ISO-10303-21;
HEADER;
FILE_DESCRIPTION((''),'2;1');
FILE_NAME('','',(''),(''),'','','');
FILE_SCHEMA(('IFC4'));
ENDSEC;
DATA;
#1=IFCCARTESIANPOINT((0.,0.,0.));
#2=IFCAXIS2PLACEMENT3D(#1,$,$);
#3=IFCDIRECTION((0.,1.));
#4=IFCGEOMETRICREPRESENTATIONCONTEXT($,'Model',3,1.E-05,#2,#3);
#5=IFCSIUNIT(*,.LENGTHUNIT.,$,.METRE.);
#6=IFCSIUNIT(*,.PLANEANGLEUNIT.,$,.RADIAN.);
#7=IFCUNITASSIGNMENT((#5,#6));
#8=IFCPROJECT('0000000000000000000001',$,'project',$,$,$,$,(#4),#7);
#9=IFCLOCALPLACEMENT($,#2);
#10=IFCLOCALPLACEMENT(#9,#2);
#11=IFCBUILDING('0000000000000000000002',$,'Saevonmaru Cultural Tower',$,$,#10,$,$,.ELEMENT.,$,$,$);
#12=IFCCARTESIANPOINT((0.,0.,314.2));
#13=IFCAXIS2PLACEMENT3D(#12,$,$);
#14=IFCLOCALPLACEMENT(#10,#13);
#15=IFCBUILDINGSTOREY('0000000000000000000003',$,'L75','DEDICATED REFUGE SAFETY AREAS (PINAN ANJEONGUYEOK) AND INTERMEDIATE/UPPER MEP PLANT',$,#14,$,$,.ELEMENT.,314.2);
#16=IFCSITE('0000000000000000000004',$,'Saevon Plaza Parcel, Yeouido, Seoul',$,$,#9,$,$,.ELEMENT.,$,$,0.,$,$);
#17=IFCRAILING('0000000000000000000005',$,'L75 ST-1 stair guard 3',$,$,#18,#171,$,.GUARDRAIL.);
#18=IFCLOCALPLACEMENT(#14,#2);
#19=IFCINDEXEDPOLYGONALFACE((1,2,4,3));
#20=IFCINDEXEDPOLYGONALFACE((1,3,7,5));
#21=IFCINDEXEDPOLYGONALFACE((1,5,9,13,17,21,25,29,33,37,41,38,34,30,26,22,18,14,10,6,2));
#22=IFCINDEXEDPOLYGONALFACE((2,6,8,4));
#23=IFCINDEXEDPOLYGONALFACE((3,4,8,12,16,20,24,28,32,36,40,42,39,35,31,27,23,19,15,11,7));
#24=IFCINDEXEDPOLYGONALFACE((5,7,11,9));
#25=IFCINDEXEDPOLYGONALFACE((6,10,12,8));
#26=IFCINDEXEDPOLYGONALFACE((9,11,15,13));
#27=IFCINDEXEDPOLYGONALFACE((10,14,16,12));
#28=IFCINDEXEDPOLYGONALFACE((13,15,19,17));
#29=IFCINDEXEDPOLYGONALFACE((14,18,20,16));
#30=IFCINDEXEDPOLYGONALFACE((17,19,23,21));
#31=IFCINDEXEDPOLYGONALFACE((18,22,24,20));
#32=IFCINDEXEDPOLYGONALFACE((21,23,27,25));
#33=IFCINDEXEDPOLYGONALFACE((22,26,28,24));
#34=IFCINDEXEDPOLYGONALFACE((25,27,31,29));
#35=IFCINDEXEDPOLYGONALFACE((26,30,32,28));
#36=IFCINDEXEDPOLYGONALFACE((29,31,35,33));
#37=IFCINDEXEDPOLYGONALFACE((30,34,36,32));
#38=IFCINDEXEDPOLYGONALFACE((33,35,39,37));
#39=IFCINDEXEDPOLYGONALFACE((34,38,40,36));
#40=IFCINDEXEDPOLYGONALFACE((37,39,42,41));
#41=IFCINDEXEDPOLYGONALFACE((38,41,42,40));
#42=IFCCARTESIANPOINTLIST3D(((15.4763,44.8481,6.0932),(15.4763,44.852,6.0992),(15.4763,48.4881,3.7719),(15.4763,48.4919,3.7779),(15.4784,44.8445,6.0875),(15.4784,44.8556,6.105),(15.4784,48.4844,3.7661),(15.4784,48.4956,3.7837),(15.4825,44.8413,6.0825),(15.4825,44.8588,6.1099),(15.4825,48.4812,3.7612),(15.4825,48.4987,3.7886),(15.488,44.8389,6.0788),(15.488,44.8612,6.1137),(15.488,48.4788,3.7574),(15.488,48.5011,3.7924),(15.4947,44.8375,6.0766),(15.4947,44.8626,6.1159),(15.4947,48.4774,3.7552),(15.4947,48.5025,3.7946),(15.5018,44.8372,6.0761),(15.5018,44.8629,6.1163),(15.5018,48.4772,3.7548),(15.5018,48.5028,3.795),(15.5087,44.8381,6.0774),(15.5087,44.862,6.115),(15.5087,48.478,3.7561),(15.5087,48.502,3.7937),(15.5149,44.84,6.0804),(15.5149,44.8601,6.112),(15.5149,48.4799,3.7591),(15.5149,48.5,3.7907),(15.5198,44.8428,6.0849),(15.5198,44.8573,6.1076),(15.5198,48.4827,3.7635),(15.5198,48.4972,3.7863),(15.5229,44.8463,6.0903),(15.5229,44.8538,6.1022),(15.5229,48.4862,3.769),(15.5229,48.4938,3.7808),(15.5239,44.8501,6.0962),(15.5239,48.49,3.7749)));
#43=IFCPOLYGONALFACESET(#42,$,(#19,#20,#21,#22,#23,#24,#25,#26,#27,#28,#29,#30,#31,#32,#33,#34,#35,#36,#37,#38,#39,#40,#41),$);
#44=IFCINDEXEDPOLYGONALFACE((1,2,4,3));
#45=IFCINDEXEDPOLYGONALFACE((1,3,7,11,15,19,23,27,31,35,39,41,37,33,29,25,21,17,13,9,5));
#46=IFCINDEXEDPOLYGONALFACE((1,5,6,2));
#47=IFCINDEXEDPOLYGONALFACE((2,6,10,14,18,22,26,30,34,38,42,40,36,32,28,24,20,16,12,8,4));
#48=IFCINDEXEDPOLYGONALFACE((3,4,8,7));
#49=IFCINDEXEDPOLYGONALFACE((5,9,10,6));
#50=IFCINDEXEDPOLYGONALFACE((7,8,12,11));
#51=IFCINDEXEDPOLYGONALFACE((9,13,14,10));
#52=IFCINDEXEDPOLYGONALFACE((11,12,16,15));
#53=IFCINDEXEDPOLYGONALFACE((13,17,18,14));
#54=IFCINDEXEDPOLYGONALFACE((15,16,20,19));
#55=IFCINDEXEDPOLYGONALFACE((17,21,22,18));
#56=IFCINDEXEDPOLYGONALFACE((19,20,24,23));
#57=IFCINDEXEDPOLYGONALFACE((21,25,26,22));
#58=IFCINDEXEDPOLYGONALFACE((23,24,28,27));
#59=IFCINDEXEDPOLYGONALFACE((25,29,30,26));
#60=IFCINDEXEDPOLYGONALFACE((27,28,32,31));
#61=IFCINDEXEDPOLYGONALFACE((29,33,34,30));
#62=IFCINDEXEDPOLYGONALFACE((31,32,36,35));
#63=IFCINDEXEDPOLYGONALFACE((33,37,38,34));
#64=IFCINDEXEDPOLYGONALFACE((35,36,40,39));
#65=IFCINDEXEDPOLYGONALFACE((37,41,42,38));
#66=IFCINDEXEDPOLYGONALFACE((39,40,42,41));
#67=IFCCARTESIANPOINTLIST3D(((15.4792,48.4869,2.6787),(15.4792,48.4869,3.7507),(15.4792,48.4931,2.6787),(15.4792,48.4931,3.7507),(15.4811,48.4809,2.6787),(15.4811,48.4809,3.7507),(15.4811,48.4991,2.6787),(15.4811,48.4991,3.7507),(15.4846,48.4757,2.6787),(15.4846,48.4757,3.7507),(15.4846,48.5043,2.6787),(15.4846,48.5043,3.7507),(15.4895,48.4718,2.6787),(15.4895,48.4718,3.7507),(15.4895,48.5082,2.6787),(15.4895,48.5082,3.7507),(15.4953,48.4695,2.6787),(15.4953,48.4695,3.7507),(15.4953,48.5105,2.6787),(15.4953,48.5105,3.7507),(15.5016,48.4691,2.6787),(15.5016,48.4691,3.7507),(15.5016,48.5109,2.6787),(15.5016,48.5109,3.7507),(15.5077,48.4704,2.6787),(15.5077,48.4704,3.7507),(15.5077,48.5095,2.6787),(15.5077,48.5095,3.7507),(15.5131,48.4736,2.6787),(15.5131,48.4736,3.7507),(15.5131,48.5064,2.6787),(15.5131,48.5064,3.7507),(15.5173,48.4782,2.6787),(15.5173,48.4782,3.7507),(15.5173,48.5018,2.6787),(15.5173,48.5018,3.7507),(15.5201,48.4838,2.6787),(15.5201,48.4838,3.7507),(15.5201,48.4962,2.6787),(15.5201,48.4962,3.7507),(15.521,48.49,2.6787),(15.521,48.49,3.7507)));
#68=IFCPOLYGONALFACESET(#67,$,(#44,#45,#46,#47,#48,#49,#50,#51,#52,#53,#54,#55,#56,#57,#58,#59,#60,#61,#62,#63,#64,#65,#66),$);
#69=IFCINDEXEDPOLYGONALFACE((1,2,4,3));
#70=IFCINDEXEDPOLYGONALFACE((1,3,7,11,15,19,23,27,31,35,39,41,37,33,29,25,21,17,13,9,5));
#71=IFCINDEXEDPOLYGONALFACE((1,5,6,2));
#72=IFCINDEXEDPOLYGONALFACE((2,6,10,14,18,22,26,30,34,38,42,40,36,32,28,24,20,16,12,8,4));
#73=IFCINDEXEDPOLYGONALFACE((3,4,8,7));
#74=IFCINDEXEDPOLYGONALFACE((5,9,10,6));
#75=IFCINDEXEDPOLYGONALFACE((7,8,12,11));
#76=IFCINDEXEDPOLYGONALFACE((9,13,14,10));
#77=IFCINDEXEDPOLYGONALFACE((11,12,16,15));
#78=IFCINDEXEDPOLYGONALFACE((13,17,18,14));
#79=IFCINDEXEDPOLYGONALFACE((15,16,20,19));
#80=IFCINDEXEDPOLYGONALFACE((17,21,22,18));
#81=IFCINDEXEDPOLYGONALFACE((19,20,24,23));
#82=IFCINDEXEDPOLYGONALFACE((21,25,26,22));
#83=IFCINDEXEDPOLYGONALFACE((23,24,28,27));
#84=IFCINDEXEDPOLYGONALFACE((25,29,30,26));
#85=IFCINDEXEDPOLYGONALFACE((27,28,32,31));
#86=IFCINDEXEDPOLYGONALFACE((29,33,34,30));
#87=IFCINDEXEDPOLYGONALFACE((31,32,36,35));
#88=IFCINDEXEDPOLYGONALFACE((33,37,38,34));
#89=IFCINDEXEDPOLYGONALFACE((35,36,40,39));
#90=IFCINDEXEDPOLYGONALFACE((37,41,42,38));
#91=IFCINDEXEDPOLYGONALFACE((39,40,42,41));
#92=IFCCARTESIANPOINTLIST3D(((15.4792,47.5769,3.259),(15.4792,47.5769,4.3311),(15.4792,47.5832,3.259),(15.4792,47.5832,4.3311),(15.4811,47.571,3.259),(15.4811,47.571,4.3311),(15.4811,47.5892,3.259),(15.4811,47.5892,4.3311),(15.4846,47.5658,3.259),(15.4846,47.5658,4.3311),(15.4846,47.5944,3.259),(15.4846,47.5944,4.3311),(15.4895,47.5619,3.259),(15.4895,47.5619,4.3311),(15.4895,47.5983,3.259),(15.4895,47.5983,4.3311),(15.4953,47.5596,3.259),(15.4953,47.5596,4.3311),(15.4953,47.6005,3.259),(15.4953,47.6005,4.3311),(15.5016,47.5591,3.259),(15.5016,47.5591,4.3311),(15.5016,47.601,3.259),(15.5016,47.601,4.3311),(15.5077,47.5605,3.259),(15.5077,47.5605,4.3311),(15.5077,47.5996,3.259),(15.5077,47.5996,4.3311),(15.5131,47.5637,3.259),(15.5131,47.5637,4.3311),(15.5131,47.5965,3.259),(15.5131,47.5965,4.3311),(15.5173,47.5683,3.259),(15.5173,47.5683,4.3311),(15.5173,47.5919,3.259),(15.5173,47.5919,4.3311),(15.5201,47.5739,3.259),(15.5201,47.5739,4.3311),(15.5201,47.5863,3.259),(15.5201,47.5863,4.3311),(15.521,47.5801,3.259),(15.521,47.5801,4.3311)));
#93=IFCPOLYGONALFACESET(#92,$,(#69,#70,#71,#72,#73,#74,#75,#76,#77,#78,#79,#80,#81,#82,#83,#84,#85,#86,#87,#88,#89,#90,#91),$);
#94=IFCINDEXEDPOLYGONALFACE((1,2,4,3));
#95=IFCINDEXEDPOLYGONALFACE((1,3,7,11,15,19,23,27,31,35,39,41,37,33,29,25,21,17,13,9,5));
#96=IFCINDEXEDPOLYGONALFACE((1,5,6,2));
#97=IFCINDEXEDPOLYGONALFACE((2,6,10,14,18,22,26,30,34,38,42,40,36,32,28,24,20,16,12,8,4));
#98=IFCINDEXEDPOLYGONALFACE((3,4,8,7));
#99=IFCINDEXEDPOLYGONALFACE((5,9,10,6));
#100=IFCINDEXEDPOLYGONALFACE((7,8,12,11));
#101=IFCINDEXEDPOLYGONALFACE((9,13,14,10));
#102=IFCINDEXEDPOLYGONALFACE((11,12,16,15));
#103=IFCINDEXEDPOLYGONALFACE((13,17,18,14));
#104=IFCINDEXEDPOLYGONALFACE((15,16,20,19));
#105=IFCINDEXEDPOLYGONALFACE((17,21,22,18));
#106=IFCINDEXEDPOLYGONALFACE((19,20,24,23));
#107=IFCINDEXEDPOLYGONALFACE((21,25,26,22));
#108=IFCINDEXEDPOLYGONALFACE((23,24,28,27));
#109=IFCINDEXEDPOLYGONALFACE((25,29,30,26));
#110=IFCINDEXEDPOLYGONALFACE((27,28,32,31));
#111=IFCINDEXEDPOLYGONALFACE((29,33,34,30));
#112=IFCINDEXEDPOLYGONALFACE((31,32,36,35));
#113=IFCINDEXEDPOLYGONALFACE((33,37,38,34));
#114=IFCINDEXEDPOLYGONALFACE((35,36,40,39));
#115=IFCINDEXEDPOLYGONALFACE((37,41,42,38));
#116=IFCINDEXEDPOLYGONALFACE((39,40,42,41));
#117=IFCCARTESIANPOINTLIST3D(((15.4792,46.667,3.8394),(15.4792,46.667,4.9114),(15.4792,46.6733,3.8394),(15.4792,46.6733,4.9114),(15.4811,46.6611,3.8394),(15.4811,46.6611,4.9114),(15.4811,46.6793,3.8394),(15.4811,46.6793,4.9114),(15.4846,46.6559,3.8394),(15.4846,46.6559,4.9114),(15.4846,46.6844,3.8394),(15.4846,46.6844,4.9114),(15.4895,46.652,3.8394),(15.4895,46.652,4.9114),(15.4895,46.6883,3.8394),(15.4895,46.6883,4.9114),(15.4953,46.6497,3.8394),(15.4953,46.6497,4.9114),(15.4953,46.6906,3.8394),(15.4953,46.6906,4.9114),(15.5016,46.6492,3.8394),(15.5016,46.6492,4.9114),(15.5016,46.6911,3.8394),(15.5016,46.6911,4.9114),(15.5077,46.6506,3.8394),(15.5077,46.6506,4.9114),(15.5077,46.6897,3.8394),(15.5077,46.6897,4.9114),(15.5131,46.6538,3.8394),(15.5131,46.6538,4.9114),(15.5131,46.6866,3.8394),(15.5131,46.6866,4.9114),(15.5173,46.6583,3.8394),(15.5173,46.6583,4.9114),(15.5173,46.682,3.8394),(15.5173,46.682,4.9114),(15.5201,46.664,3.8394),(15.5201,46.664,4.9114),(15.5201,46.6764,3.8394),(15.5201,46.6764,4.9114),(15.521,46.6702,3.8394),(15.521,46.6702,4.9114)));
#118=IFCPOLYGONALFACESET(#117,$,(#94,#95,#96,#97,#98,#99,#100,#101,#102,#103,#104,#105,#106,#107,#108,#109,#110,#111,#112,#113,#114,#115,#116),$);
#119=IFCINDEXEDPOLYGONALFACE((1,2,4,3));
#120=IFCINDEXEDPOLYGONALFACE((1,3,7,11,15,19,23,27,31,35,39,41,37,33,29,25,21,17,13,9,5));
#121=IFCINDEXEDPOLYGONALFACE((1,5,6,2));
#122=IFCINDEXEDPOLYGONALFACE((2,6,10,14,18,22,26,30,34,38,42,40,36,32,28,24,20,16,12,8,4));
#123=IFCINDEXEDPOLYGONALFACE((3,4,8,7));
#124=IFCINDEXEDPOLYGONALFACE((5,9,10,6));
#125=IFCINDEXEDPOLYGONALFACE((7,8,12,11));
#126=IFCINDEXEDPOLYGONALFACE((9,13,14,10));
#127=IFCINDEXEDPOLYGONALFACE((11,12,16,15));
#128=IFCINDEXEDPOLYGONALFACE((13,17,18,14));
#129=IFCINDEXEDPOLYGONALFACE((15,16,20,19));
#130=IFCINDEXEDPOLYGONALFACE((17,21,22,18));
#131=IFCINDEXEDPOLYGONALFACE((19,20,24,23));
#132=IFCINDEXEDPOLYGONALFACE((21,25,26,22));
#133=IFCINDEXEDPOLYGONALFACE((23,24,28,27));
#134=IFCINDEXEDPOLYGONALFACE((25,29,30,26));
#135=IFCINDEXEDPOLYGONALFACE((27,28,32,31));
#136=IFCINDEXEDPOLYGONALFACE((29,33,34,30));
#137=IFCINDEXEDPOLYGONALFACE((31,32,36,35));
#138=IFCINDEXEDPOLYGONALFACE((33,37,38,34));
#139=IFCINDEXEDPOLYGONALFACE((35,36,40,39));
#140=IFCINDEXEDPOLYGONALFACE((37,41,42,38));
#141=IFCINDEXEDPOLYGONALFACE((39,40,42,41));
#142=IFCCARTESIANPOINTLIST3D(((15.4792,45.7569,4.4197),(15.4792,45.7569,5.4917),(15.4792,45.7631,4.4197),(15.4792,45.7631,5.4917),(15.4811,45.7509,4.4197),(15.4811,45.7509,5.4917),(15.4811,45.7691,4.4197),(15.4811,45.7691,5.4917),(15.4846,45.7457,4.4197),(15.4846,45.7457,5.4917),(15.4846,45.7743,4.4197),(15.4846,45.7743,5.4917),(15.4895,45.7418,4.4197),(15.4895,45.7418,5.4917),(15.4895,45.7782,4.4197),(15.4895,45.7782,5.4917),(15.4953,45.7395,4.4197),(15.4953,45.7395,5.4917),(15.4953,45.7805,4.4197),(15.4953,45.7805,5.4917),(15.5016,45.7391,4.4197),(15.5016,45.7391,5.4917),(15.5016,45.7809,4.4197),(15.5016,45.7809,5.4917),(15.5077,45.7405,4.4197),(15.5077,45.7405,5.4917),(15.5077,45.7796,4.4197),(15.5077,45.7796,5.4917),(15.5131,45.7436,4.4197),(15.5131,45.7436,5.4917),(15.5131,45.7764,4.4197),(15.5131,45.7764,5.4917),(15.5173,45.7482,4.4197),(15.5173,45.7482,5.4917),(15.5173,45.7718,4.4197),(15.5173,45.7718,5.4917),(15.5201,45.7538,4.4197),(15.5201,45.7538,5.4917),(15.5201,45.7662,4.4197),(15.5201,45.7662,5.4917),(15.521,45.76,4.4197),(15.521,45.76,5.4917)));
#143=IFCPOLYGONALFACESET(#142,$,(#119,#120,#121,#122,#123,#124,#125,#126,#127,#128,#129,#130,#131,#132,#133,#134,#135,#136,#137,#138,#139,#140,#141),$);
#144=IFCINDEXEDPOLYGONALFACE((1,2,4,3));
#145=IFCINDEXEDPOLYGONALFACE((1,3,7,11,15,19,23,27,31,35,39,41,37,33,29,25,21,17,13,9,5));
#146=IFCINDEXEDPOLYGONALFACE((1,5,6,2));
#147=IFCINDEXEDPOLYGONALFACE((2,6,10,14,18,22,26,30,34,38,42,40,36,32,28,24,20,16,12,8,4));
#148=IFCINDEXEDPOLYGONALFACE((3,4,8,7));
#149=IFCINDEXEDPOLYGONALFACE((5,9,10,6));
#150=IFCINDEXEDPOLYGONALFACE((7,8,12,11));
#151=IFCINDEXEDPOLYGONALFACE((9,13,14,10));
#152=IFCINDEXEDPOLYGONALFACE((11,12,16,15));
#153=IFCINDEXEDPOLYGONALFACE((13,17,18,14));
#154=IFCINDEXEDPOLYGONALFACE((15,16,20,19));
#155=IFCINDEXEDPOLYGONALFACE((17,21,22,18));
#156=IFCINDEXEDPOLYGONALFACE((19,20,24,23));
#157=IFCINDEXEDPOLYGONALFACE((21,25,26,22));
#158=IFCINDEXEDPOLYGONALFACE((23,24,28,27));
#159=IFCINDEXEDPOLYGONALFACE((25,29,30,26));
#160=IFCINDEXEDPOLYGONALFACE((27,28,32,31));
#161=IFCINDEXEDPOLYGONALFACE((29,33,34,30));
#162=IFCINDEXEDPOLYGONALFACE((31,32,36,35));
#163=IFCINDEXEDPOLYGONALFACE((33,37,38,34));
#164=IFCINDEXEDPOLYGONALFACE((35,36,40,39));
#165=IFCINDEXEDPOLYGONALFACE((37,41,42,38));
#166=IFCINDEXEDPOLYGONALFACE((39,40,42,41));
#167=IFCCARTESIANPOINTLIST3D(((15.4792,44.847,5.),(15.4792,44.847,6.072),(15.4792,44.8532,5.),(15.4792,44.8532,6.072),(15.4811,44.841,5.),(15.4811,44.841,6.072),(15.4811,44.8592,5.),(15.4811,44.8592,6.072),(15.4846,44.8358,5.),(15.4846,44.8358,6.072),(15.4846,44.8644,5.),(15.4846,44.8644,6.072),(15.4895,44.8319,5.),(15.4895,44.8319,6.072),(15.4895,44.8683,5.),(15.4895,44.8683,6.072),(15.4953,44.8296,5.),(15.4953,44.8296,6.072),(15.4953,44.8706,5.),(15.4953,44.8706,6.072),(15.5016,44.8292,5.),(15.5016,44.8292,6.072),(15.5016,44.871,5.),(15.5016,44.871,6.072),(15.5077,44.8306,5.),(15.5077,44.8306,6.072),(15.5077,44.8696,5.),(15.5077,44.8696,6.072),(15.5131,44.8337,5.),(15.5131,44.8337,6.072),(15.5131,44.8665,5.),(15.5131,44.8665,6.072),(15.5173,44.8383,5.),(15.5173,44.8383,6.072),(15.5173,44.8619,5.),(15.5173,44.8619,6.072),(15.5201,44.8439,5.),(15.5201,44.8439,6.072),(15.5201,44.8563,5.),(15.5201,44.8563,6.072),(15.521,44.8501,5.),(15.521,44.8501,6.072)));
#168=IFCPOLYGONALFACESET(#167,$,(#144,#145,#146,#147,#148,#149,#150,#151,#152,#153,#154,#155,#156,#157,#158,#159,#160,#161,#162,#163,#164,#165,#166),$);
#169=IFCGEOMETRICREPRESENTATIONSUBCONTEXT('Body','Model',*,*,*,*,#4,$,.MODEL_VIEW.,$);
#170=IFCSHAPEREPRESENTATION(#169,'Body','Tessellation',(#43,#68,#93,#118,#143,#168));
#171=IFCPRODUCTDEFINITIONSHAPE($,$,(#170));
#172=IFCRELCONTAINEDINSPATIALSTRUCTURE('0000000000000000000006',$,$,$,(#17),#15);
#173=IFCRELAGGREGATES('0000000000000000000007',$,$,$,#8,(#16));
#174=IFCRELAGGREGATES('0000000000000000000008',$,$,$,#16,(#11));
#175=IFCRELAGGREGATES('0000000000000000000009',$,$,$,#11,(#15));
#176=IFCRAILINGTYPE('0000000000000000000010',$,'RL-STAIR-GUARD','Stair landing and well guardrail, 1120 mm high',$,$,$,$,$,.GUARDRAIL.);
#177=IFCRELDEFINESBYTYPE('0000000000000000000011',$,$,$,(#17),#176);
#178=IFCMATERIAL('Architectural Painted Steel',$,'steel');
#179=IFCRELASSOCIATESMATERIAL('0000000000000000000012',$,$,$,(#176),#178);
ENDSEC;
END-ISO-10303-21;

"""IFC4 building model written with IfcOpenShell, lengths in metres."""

from ifc_helpers import new_model, si_unit, direction, frame, origin, origin_2d, place, context, subcontext, project, spatial, circle, extrude, material, type_object, element, save


model = new_model("IFC4")

# Units and contexts
model_context = context("Model", 3, precision=1e-05, world=origin(), true_north=direction((0.0, 1.0)))
body_context = subcontext(model_context, "Body", "Model", "MODEL_VIEW")
ifc_project = project(units=[si_unit("LENGTHUNIT", "METRE"), si_unit("PLANEANGLEUNIT", "RADIAN")], contexts=[model_context])

# Site, building, storey
site_placement = place(None, origin())
site = spatial("IfcSite", under=ifc_project, at=site_placement, Name="Saevon Plaza Parcel, Yeouido, Seoul", CompositionType="ELEMENT", RefElevation=0.0)
building_placement = place(site_placement, origin())
building = spatial("IfcBuilding", under=site, at=building_placement, Name="Saevonmaru Cultural Tower", CompositionType="ELEMENT")
storey_placement = place(building_placement, frame((0.0, 0.0, 314.2)))
storey = spatial("IfcBuildingStorey", under=building, at=storey_placement, Name="L75", Description="DEDICATED REFUGE SAFETY AREAS (PINAN ANJEONGUYEOK) AND INTERMEDIATE/UPPER MEP PLANT", CompositionType="ELEMENT", Elevation=314.2)

# Railing
ifc_material_1 = material(Name="Architectural Painted Steel", Category="steel")
railing_type_1 = type_object("IfcRailingType", Name="RL-STAIR-GUARD", Description="Stair landing and well guardrail, 1120 mm high", PredefinedType="GUARDRAIL", material=ifc_material_1)
railing_1_placement = place(storey_placement, frame((15.5, 48.49, 2.6787)))
element("IfcRailing", 1, at=railing_1_placement, inside=storey, type_object=railing_type_1, Name="L75 ST-1 stair guard 3", PredefinedType="GUARDRAIL", context=body_context, shape_type="SweptSolid", body=[
    extrude(circle(Radius=0.0239, at=origin_2d()), frame((0.0, 0.0, 1.0962), z_axis=(0.0, -0.843137, 0.537699), x_axis=(1.0, 0.0, 0.0)), (0.0, 0.0, 1.0), 4.3171),
    extrude(circle(Radius=0.021, at=origin_2d()), origin(), (0.0, 0.0, 1.0), 1.072),
    extrude(circle(Radius=0.021, at=origin_2d()), frame((0.0, -0.9099, 0.5803)), (0.0, 0.0, 1.0), 1.072),
    extrude(circle(Radius=0.021, at=origin_2d()), frame((0.0, -1.8198, 1.1606)), (0.0, 0.0, 1.0), 1.072),
    extrude(circle(Radius=0.021, at=origin_2d()), frame((0.0, -2.73, 1.741)), (0.0, 0.0, 1.0), 1.072),
    extrude(circle(Radius=0.021, at=origin_2d()), frame((0.0, -3.6399, 2.3213)), (0.0, 0.0, 1.0), 1.072),
])

save(model, "model.ifc")
